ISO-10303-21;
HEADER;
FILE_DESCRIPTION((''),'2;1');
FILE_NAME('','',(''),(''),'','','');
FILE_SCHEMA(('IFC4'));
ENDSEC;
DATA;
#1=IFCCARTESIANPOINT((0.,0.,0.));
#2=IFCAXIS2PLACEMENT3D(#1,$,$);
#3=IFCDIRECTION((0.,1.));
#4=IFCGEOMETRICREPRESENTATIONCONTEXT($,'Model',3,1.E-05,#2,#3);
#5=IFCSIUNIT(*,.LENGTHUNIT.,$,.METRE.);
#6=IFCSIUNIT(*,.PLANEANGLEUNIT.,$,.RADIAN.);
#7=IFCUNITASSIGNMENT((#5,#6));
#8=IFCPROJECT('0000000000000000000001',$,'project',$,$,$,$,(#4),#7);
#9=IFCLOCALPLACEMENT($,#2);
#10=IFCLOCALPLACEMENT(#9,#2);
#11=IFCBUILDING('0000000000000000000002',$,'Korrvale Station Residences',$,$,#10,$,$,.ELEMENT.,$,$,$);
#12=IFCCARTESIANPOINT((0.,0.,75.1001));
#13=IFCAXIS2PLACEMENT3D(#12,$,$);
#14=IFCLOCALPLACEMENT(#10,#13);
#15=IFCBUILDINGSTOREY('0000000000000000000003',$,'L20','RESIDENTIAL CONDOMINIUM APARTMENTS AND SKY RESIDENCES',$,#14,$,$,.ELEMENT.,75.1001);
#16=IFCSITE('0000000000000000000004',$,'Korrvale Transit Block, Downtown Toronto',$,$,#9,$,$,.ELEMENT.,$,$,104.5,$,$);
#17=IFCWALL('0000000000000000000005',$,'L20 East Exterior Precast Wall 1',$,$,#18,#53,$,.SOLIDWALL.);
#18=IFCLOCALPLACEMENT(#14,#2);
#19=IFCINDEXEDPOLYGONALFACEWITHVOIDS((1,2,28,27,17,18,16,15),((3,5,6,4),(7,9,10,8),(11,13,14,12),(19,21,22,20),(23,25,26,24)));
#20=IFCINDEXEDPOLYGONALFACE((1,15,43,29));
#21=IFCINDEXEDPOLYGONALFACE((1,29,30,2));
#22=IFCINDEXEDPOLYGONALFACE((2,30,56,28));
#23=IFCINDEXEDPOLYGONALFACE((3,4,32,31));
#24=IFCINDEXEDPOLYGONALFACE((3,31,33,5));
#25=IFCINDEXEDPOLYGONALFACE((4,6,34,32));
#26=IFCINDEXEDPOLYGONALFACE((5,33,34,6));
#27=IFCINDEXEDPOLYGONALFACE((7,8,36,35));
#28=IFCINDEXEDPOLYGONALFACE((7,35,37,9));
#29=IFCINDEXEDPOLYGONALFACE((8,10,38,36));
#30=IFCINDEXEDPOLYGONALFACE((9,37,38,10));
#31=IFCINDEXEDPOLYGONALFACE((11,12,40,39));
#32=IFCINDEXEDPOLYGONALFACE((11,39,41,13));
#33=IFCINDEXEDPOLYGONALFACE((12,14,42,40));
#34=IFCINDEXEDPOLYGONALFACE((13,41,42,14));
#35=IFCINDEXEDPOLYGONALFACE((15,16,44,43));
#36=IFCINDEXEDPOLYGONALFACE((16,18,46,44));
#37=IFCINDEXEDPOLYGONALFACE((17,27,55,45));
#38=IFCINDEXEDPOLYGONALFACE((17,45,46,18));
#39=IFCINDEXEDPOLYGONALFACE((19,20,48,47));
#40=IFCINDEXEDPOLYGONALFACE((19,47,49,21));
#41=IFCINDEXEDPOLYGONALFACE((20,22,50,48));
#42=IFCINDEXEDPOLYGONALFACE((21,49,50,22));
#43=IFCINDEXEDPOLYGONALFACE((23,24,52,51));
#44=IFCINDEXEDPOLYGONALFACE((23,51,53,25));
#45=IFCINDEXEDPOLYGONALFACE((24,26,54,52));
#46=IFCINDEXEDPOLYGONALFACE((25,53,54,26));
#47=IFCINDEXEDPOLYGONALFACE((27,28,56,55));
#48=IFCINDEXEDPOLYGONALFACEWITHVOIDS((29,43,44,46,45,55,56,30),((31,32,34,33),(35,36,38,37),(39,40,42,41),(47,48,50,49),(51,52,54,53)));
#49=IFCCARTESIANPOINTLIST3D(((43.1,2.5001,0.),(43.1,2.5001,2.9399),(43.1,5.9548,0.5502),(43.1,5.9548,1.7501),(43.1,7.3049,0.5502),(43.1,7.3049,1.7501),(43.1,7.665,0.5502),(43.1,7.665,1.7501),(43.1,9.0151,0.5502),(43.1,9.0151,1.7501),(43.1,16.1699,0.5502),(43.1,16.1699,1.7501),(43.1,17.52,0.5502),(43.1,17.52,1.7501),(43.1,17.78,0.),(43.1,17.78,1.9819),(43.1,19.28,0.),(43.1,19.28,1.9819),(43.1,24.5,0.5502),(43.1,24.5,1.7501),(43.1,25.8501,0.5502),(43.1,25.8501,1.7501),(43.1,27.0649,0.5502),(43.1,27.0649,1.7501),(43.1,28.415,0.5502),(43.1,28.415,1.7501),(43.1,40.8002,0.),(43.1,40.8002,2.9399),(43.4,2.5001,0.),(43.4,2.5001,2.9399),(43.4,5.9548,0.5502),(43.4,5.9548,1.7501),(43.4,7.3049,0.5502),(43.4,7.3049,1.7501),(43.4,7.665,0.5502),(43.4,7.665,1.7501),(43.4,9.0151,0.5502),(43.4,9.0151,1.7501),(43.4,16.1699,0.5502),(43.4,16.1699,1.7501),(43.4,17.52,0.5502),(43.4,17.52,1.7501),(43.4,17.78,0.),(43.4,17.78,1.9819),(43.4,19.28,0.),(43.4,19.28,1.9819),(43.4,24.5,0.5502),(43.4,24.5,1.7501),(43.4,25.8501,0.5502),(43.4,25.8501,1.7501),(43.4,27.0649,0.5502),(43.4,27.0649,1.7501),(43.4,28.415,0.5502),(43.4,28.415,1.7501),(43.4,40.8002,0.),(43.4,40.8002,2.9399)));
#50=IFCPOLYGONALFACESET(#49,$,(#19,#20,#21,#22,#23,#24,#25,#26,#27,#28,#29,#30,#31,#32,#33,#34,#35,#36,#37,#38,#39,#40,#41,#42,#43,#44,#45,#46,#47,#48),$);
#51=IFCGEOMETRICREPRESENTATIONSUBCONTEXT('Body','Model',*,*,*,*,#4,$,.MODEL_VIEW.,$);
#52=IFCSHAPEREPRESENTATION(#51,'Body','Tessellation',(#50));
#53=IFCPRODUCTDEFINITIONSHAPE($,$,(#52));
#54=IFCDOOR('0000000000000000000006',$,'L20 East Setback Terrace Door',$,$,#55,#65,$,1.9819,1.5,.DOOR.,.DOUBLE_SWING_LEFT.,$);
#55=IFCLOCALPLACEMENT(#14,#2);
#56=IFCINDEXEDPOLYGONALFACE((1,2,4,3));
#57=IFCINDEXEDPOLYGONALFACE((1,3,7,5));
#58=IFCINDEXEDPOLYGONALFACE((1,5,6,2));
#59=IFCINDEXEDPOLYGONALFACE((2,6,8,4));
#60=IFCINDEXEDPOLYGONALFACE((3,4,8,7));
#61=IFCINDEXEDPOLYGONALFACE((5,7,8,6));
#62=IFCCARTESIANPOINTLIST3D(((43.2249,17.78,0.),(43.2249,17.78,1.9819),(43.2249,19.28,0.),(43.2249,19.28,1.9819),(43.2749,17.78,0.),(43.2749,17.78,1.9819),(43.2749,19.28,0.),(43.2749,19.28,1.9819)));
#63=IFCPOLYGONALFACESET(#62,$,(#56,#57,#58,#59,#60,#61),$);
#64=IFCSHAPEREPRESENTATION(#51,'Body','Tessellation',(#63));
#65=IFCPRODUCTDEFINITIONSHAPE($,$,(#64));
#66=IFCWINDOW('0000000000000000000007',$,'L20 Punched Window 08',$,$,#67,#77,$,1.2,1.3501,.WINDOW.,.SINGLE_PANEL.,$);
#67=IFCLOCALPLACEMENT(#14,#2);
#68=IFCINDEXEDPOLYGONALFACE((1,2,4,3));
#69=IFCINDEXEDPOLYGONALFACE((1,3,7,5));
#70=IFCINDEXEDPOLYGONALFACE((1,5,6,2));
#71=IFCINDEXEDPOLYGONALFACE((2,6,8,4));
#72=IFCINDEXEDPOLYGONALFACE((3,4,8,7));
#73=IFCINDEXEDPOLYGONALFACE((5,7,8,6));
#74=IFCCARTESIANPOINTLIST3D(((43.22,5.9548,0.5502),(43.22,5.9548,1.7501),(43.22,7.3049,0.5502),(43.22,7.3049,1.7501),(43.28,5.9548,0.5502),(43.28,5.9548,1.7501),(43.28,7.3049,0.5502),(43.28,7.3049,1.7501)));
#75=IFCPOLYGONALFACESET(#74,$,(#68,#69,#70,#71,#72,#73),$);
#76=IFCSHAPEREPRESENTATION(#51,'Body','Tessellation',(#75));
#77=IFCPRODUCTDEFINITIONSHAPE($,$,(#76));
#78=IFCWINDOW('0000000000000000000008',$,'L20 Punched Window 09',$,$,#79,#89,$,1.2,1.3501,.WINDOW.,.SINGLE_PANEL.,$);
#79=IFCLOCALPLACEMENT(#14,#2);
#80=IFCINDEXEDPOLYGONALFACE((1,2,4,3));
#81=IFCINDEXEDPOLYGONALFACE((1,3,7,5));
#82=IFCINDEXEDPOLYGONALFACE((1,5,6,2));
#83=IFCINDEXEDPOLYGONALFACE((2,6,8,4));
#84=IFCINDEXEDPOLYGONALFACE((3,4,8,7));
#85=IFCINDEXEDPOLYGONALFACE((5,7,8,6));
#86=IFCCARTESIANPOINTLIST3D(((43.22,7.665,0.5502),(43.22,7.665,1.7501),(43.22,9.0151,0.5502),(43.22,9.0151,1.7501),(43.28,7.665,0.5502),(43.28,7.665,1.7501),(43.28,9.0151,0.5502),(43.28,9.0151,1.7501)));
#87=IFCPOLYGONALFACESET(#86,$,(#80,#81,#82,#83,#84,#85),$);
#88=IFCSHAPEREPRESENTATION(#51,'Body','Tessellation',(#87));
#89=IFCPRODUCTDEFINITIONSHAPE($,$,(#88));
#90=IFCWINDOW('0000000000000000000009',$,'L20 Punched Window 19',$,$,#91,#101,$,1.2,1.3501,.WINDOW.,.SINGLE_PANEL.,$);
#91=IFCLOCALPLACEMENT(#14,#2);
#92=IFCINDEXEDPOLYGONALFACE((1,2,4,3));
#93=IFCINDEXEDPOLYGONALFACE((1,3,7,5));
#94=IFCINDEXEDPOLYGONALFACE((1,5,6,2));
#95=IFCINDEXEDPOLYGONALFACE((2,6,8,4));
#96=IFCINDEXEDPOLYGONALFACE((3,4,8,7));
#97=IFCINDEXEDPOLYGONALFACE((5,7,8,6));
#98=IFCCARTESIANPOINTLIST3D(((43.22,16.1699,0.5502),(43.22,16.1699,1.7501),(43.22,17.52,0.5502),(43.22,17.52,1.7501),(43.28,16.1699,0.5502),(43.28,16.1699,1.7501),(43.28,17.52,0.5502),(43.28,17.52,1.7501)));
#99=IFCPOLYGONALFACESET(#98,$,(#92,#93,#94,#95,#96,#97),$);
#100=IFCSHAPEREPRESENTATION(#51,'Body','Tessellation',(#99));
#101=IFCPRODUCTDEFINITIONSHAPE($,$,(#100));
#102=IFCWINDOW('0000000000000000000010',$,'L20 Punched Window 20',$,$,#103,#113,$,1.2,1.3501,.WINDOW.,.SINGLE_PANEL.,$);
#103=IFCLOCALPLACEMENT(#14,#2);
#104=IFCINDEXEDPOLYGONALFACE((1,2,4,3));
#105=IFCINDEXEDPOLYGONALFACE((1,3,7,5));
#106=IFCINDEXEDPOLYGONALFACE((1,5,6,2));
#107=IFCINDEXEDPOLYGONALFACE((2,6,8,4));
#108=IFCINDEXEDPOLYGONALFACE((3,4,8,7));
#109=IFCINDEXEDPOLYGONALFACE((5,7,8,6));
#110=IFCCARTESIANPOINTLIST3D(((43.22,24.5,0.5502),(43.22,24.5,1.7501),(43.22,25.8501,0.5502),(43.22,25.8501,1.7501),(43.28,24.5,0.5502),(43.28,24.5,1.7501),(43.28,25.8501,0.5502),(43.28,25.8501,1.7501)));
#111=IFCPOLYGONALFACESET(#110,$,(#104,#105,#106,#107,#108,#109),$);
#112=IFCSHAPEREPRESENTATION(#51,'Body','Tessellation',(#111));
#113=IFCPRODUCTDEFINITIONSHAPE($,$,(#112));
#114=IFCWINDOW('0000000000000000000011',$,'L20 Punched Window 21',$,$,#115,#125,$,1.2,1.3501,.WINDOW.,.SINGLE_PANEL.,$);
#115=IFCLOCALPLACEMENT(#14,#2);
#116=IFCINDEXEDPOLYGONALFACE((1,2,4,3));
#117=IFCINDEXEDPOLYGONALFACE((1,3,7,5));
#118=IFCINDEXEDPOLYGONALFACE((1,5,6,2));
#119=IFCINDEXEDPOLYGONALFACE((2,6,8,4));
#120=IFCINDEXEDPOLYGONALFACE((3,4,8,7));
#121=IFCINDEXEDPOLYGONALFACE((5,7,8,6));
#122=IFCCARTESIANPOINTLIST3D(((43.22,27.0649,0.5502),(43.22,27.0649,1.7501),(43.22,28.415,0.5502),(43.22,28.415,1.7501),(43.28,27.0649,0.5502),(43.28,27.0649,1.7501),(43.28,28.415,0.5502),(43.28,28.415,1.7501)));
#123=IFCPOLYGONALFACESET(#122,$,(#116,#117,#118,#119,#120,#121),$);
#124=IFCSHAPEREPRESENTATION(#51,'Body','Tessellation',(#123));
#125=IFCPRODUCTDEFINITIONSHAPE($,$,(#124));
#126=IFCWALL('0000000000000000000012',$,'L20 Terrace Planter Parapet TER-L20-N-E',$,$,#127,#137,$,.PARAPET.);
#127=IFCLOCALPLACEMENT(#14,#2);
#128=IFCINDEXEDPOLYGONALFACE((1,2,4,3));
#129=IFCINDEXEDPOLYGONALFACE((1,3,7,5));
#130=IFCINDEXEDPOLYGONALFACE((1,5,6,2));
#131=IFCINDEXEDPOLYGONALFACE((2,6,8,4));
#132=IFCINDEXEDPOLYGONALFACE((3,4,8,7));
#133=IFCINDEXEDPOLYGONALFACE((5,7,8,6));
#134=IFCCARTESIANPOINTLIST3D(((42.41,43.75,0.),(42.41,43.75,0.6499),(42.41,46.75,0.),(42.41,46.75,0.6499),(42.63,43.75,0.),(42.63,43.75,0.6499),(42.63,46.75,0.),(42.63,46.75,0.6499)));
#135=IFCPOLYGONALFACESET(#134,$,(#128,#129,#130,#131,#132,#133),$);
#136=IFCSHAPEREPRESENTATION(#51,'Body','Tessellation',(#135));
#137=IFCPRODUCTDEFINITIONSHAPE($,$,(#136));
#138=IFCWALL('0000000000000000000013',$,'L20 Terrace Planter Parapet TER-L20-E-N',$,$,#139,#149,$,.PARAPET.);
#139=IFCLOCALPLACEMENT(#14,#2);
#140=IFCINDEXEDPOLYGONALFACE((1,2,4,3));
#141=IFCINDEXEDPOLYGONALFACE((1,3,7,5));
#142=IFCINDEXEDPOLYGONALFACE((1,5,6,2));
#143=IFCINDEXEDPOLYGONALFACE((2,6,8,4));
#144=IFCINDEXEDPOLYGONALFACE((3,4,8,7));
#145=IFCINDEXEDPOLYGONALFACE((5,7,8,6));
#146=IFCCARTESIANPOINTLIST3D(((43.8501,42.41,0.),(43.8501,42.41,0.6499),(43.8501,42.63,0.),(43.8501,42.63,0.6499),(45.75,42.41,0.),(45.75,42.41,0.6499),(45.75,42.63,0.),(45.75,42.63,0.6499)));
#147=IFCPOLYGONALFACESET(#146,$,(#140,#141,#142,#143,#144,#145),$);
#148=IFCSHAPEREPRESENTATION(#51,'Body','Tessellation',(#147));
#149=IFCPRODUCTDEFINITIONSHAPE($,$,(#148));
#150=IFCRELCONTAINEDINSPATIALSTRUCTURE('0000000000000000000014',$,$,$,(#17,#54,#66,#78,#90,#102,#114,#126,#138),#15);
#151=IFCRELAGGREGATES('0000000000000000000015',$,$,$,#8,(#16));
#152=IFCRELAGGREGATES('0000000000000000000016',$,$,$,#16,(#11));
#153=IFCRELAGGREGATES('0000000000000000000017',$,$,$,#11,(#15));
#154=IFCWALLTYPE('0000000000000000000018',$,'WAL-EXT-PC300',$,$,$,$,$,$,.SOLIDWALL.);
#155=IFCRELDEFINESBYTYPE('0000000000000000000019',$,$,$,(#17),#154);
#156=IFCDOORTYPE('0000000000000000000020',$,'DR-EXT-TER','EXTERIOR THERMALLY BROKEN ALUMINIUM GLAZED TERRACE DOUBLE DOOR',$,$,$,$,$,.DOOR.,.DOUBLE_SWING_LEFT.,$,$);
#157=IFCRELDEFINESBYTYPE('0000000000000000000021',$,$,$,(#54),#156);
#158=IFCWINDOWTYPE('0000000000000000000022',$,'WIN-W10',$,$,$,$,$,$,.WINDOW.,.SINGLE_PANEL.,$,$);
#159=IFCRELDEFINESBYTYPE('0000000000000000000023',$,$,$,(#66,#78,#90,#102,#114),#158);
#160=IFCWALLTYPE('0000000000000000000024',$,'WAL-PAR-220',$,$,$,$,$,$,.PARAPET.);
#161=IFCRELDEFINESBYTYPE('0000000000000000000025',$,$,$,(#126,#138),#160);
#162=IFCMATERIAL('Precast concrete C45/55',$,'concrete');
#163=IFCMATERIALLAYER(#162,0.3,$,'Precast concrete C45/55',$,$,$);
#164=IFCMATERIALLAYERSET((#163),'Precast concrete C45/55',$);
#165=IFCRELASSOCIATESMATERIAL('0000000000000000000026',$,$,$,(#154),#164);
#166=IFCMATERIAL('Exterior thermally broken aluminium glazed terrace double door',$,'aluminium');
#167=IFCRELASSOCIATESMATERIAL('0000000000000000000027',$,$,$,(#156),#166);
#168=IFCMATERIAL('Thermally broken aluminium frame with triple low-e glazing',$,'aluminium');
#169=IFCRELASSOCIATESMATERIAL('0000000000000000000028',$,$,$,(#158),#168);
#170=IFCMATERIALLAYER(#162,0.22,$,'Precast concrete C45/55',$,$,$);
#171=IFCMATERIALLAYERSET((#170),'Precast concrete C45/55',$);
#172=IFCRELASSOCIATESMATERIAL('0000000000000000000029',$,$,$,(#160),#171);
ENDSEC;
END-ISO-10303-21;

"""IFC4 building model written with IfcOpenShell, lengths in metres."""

from ifc_helpers import new_model, si_unit, direction, frame, frame_2d, origin, place, context, subcontext, project, spatial, rectangle, extrude, material, layer, layer_set, type_object, element, fill, save


model = new_model("IFC4")

# Units and contexts
model_context = context("Model", 3, precision=1e-05, world=origin(), true_north=direction((0.0, 1.0)))
body_context = subcontext(model_context, "Body", "Model", "MODEL_VIEW")
ifc_project = project(units=[si_unit("LENGTHUNIT", "METRE"), si_unit("PLANEANGLEUNIT", "RADIAN")], contexts=[model_context])

# Site, building, storey
site_placement = place(None, origin())
site = spatial("IfcSite", under=ifc_project, at=site_placement, Name="Korrvale Transit Block, Downtown Toronto", CompositionType="ELEMENT", RefElevation=104.5)
building_placement = place(site_placement, origin())
building = spatial("IfcBuilding", under=site, at=building_placement, Name="Korrvale Station Residences", CompositionType="ELEMENT")
storey_placement = place(building_placement, frame((0.0, 0.0, 75.1001)))
storey = spatial("IfcBuildingStorey", under=building, at=storey_placement, Name="L20", Description="RESIDENTIAL CONDOMINIUM APARTMENTS AND SKY RESIDENCES", CompositionType="ELEMENT", Elevation=75.1001)

# Shared definitions
ifc_material_1 = material(Name="Precast concrete C45/55", Category="concrete")

# Wall, openings, door, windows
ifc_layer_1 = layer(ifc_material_1, 0.3, Name="Precast concrete C45/55")
ifc_layer_set_1 = layer_set([ifc_layer_1], Name="Precast concrete C45/55")
wall_type_1 = type_object("IfcWallType", Name="WAL-EXT-PC300", PredefinedType="SOLIDWALL", material=ifc_layer_set_1)
wall_1_placement = place(storey_placement, frame((43.25, 40.8, 0.0), z_axis=(0.0, 0.0, 1.0), x_axis=(0.0, -1.0, 0.0)))
wall_1 = element("IfcWall", 1, at=wall_1_placement, inside=storey, type_object=wall_type_1, Name="L20 East Exterior Precast Wall 1", PredefinedType="SOLIDWALL", context=body_context, shape_type="SweptSolid", body=[
    extrude(rectangle(XDim=38.3, YDim=0.3, at=frame_2d((19.1499, 0.0))), origin(), (0.0, 0.0, 1.0), 2.9399),
])
opening_1_placement = place(wall_1_placement, frame((21.52, 0.0, 0.0)))
opening_1 = element("IfcOpeningElement", 2, at=opening_1_placement, cuts=wall_1, PredefinedType="OPENING", context=body_context, shape_type="SweptSolid", body=[
    extrude(rectangle(XDim=1.5, YDim=1.9819, at=frame_2d((0.75, 0.991))), frame((0.0, 0.1602, 0.0), z_axis=(0.0, -1.0, 0.0), x_axis=(1.0, 0.0, 0.0)), (0.0, 0.0, 1.0), 0.3201),
])
opening_2_placement = place(wall_1_placement, frame((33.4951, 0.0, 0.55)))
opening_2 = element("IfcOpeningElement", 3, at=opening_2_placement, cuts=wall_1, PredefinedType="OPENING", context=body_context, shape_type="SweptSolid", body=[
    extrude(rectangle(XDim=1.3501, YDim=1.2, at=frame_2d((0.675, 0.6001))), frame((0.0, 0.1602, 0.0), z_axis=(0.0, -1.0, 0.0), x_axis=(1.0, 0.0, 0.0)), (0.0, 0.0, 1.0), 0.3201),
])
opening_3_placement = place(wall_1_placement, frame((31.7849, 0.0, 0.55)))
opening_3 = element("IfcOpeningElement", 4, at=opening_3_placement, cuts=wall_1, PredefinedType="OPENING", context=body_context, shape_type="SweptSolid", body=[
    extrude(rectangle(XDim=1.3501, YDim=1.2, at=frame_2d((0.675, 0.6001))), frame((0.0, 0.1602, 0.0), z_axis=(0.0, -1.0, 0.0), x_axis=(1.0, 0.0, 0.0)), (0.0, 0.0, 1.0), 0.3201),
])
opening_4_placement = place(wall_1_placement, frame((23.28, 0.0, 0.55)))
opening_4 = element("IfcOpeningElement", 5, at=opening_4_placement, cuts=wall_1, PredefinedType="OPENING", context=body_context, shape_type="SweptSolid", body=[
    extrude(rectangle(XDim=1.3501, YDim=1.2, at=frame_2d((0.675, 0.6001))), frame((0.0, 0.1602, 0.0), z_axis=(0.0, -1.0, 0.0), x_axis=(1.0, 0.0, 0.0)), (0.0, 0.0, 1.0), 0.3201),
])
opening_5_placement = place(wall_1_placement, frame((14.95, 0.0, 0.55)))
opening_5 = element("IfcOpeningElement", 6, at=opening_5_placement, cuts=wall_1, PredefinedType="OPENING", context=body_context, shape_type="SweptSolid", body=[
    extrude(rectangle(XDim=1.3501, YDim=1.2, at=frame_2d((0.675, 0.6001))), frame((0.0, 0.1602, 0.0), z_axis=(0.0, -1.0, 0.0), x_axis=(1.0, 0.0, 0.0)), (0.0, 0.0, 1.0), 0.3201),
])
opening_6_placement = place(wall_1_placement, frame((12.385, 0.0, 0.55)))
opening_6 = element("IfcOpeningElement", 7, at=opening_6_placement, cuts=wall_1, PredefinedType="OPENING", context=body_context, shape_type="SweptSolid", body=[
    extrude(rectangle(XDim=1.3501, YDim=1.2, at=frame_2d((0.675, 0.6001))), frame((0.0, 0.1602, 0.0), z_axis=(0.0, -1.0, 0.0), x_axis=(1.0, 0.0, 0.0)), (0.0, 0.0, 1.0), 0.3201),
])
ifc_material_2 = material(Name="Exterior thermally broken aluminium glazed terrace double door", Category="aluminium")
door_type = type_object("IfcDoorType", Name="DR-EXT-TER", Description="EXTERIOR THERMALLY BROKEN ALUMINIUM GLAZED TERRACE DOUBLE DOOR", OperationType="DOUBLE_SWING_LEFT", PredefinedType="DOOR", material=ifc_material_2)
door_placement = place(opening_1_placement, origin())
door = element("IfcDoor", 8, at=door_placement, inside=storey, type_object=door_type, Name="L20 East Setback Terrace Door", OperationType="DOUBLE_SWING_LEFT", OverallHeight=1.9819, OverallWidth=1.5, PredefinedType="DOOR", context=body_context, shape_type="SweptSolid", body=[
    extrude(rectangle(XDim=1.5, YDim=1.9819, at=frame_2d((0.75, 0.991))), frame((0.0, 0.0249, 0.0), z_axis=(0.0, -1.0, 0.0), x_axis=(1.0, 0.0, 0.0)), (0.0, 0.0, 1.0), 0.05),
])
fill(opening_1, door)
ifc_material_3 = material(Name="Thermally broken aluminium frame with triple low-e glazing", Category="aluminium")
window_type = type_object("IfcWindowType", Name="WIN-W10", PartitioningType="SINGLE_PANEL", PredefinedType="WINDOW", material=ifc_material_3)
window_1_placement = place(opening_2_placement, origin())
window_1 = element("IfcWindow", 9, at=window_1_placement, inside=storey, type_object=window_type, Name="L20 Punched Window 08", OverallHeight=1.2, OverallWidth=1.3501, PartitioningType="SINGLE_PANEL", PredefinedType="WINDOW", context=body_context, shape_type="SweptSolid", body=[
    extrude(rectangle(XDim=1.3501, YDim=1.2, at=frame_2d((0.675, 0.6001))), frame((0.0, 0.03, 0.0), z_axis=(0.0, -1.0, 0.0), x_axis=(1.0, 0.0, 0.0)), (0.0, 0.0, 1.0), 0.0601),
])
fill(opening_2, window_1)
window_2_placement = place(opening_3_placement, origin())
window_2 = element("IfcWindow", 10, at=window_2_placement, inside=storey, type_object=window_type, Name="L20 Punched Window 09", OverallHeight=1.2, OverallWidth=1.3501, PartitioningType="SINGLE_PANEL", PredefinedType="WINDOW", context=body_context, shape_type="SweptSolid", body=[
    extrude(rectangle(XDim=1.3501, YDim=1.2, at=frame_2d((0.675, 0.6001))), frame((0.0, 0.03, 0.0), z_axis=(0.0, -1.0, 0.0), x_axis=(1.0, 0.0, 0.0)), (0.0, 0.0, 1.0), 0.0601),
])
fill(opening_3, window_2)
window_3_placement = place(opening_4_placement, origin())
window_3 = element("IfcWindow", 11, at=window_3_placement, inside=storey, type_object=window_type, Name="L20 Punched Window 19", OverallHeight=1.2, OverallWidth=1.3501, PartitioningType="SINGLE_PANEL", PredefinedType="WINDOW", context=body_context, shape_type="SweptSolid", body=[
    extrude(rectangle(XDim=1.3501, YDim=1.2, at=frame_2d((0.675, 0.6001))), frame((0.0, 0.03, 0.0), z_axis=(0.0, -1.0, 0.0), x_axis=(1.0, 0.0, 0.0)), (0.0, 0.0, 1.0), 0.0601),
])
fill(opening_4, window_3)
window_4_placement = place(opening_5_placement, origin())
window_4 = element("IfcWindow", 12, at=window_4_placement, inside=storey, type_object=window_type, Name="L20 Punched Window 20", OverallHeight=1.2, OverallWidth=1.3501, PartitioningType="SINGLE_PANEL", PredefinedType="WINDOW", context=body_context, shape_type="SweptSolid", body=[
    extrude(rectangle(XDim=1.3501, YDim=1.2, at=frame_2d((0.675, 0.6001))), frame((0.0, 0.03, 0.0), z_axis=(0.0, -1.0, 0.0), x_axis=(1.0, 0.0, 0.0)), (0.0, 0.0, 1.0), 0.0601),
])
fill(opening_5, window_4)
window_5_placement = place(opening_6_placement, origin())
window_5 = element("IfcWindow", 13, at=window_5_placement, inside=storey, type_object=window_type, Name="L20 Punched Window 21", OverallHeight=1.2, OverallWidth=1.3501, PartitioningType="SINGLE_PANEL", PredefinedType="WINDOW", context=body_context, shape_type="SweptSolid", body=[
    extrude(rectangle(XDim=1.3501, YDim=1.2, at=frame_2d((0.675, 0.6001))), frame((0.0, 0.03, 0.0), z_axis=(0.0, -1.0, 0.0), x_axis=(1.0, 0.0, 0.0)), (0.0, 0.0, 1.0), 0.0601),
])
fill(opening_6, window_5)

# Walls
ifc_layer_2 = layer(ifc_material_1, 0.22, Name="Precast concrete C45/55")
ifc_layer_set_2 = layer_set([ifc_layer_2], Name="Precast concrete C45/55")
wall_type_2 = type_object("IfcWallType", Name="WAL-PAR-220", PredefinedType="PARAPET", material=ifc_layer_set_2)
wall_2_placement = place(storey_placement, frame((42.52, 43.75, 0.0), z_axis=(0.0, 0.0, 1.0), x_axis=(0.0, 1.0, 0.0)))
element("IfcWall", 14, at=wall_2_placement, inside=storey, type_object=wall_type_2, Name="L20 Terrace Planter Parapet TER-L20-N-E", PredefinedType="PARAPET", context=body_context, shape_type="SweptSolid", body=[
    extrude(rectangle(XDim=3.0, YDim=0.22, at=frame_2d((1.5, 0.0))), origin(), (0.0, 0.0, 1.0), 0.6499),
])
wall_3_placement = place(storey_placement, frame((43.8501, 42.52, 0.0), z_axis=(0.0, 0.0, 1.0), x_axis=(1.0, 0.0, 0.0)))
element("IfcWall", 15, at=wall_3_placement, inside=storey, type_object=wall_type_2, Name="L20 Terrace Planter Parapet TER-L20-E-N", PredefinedType="PARAPET", context=body_context, shape_type="SweptSolid", body=[
    extrude(rectangle(XDim=1.8999, YDim=0.22, at=frame_2d((0.95, 0.0))), origin(), (0.0, 0.0, 1.0), 0.6499),
])

save(model, "model.ifc")
